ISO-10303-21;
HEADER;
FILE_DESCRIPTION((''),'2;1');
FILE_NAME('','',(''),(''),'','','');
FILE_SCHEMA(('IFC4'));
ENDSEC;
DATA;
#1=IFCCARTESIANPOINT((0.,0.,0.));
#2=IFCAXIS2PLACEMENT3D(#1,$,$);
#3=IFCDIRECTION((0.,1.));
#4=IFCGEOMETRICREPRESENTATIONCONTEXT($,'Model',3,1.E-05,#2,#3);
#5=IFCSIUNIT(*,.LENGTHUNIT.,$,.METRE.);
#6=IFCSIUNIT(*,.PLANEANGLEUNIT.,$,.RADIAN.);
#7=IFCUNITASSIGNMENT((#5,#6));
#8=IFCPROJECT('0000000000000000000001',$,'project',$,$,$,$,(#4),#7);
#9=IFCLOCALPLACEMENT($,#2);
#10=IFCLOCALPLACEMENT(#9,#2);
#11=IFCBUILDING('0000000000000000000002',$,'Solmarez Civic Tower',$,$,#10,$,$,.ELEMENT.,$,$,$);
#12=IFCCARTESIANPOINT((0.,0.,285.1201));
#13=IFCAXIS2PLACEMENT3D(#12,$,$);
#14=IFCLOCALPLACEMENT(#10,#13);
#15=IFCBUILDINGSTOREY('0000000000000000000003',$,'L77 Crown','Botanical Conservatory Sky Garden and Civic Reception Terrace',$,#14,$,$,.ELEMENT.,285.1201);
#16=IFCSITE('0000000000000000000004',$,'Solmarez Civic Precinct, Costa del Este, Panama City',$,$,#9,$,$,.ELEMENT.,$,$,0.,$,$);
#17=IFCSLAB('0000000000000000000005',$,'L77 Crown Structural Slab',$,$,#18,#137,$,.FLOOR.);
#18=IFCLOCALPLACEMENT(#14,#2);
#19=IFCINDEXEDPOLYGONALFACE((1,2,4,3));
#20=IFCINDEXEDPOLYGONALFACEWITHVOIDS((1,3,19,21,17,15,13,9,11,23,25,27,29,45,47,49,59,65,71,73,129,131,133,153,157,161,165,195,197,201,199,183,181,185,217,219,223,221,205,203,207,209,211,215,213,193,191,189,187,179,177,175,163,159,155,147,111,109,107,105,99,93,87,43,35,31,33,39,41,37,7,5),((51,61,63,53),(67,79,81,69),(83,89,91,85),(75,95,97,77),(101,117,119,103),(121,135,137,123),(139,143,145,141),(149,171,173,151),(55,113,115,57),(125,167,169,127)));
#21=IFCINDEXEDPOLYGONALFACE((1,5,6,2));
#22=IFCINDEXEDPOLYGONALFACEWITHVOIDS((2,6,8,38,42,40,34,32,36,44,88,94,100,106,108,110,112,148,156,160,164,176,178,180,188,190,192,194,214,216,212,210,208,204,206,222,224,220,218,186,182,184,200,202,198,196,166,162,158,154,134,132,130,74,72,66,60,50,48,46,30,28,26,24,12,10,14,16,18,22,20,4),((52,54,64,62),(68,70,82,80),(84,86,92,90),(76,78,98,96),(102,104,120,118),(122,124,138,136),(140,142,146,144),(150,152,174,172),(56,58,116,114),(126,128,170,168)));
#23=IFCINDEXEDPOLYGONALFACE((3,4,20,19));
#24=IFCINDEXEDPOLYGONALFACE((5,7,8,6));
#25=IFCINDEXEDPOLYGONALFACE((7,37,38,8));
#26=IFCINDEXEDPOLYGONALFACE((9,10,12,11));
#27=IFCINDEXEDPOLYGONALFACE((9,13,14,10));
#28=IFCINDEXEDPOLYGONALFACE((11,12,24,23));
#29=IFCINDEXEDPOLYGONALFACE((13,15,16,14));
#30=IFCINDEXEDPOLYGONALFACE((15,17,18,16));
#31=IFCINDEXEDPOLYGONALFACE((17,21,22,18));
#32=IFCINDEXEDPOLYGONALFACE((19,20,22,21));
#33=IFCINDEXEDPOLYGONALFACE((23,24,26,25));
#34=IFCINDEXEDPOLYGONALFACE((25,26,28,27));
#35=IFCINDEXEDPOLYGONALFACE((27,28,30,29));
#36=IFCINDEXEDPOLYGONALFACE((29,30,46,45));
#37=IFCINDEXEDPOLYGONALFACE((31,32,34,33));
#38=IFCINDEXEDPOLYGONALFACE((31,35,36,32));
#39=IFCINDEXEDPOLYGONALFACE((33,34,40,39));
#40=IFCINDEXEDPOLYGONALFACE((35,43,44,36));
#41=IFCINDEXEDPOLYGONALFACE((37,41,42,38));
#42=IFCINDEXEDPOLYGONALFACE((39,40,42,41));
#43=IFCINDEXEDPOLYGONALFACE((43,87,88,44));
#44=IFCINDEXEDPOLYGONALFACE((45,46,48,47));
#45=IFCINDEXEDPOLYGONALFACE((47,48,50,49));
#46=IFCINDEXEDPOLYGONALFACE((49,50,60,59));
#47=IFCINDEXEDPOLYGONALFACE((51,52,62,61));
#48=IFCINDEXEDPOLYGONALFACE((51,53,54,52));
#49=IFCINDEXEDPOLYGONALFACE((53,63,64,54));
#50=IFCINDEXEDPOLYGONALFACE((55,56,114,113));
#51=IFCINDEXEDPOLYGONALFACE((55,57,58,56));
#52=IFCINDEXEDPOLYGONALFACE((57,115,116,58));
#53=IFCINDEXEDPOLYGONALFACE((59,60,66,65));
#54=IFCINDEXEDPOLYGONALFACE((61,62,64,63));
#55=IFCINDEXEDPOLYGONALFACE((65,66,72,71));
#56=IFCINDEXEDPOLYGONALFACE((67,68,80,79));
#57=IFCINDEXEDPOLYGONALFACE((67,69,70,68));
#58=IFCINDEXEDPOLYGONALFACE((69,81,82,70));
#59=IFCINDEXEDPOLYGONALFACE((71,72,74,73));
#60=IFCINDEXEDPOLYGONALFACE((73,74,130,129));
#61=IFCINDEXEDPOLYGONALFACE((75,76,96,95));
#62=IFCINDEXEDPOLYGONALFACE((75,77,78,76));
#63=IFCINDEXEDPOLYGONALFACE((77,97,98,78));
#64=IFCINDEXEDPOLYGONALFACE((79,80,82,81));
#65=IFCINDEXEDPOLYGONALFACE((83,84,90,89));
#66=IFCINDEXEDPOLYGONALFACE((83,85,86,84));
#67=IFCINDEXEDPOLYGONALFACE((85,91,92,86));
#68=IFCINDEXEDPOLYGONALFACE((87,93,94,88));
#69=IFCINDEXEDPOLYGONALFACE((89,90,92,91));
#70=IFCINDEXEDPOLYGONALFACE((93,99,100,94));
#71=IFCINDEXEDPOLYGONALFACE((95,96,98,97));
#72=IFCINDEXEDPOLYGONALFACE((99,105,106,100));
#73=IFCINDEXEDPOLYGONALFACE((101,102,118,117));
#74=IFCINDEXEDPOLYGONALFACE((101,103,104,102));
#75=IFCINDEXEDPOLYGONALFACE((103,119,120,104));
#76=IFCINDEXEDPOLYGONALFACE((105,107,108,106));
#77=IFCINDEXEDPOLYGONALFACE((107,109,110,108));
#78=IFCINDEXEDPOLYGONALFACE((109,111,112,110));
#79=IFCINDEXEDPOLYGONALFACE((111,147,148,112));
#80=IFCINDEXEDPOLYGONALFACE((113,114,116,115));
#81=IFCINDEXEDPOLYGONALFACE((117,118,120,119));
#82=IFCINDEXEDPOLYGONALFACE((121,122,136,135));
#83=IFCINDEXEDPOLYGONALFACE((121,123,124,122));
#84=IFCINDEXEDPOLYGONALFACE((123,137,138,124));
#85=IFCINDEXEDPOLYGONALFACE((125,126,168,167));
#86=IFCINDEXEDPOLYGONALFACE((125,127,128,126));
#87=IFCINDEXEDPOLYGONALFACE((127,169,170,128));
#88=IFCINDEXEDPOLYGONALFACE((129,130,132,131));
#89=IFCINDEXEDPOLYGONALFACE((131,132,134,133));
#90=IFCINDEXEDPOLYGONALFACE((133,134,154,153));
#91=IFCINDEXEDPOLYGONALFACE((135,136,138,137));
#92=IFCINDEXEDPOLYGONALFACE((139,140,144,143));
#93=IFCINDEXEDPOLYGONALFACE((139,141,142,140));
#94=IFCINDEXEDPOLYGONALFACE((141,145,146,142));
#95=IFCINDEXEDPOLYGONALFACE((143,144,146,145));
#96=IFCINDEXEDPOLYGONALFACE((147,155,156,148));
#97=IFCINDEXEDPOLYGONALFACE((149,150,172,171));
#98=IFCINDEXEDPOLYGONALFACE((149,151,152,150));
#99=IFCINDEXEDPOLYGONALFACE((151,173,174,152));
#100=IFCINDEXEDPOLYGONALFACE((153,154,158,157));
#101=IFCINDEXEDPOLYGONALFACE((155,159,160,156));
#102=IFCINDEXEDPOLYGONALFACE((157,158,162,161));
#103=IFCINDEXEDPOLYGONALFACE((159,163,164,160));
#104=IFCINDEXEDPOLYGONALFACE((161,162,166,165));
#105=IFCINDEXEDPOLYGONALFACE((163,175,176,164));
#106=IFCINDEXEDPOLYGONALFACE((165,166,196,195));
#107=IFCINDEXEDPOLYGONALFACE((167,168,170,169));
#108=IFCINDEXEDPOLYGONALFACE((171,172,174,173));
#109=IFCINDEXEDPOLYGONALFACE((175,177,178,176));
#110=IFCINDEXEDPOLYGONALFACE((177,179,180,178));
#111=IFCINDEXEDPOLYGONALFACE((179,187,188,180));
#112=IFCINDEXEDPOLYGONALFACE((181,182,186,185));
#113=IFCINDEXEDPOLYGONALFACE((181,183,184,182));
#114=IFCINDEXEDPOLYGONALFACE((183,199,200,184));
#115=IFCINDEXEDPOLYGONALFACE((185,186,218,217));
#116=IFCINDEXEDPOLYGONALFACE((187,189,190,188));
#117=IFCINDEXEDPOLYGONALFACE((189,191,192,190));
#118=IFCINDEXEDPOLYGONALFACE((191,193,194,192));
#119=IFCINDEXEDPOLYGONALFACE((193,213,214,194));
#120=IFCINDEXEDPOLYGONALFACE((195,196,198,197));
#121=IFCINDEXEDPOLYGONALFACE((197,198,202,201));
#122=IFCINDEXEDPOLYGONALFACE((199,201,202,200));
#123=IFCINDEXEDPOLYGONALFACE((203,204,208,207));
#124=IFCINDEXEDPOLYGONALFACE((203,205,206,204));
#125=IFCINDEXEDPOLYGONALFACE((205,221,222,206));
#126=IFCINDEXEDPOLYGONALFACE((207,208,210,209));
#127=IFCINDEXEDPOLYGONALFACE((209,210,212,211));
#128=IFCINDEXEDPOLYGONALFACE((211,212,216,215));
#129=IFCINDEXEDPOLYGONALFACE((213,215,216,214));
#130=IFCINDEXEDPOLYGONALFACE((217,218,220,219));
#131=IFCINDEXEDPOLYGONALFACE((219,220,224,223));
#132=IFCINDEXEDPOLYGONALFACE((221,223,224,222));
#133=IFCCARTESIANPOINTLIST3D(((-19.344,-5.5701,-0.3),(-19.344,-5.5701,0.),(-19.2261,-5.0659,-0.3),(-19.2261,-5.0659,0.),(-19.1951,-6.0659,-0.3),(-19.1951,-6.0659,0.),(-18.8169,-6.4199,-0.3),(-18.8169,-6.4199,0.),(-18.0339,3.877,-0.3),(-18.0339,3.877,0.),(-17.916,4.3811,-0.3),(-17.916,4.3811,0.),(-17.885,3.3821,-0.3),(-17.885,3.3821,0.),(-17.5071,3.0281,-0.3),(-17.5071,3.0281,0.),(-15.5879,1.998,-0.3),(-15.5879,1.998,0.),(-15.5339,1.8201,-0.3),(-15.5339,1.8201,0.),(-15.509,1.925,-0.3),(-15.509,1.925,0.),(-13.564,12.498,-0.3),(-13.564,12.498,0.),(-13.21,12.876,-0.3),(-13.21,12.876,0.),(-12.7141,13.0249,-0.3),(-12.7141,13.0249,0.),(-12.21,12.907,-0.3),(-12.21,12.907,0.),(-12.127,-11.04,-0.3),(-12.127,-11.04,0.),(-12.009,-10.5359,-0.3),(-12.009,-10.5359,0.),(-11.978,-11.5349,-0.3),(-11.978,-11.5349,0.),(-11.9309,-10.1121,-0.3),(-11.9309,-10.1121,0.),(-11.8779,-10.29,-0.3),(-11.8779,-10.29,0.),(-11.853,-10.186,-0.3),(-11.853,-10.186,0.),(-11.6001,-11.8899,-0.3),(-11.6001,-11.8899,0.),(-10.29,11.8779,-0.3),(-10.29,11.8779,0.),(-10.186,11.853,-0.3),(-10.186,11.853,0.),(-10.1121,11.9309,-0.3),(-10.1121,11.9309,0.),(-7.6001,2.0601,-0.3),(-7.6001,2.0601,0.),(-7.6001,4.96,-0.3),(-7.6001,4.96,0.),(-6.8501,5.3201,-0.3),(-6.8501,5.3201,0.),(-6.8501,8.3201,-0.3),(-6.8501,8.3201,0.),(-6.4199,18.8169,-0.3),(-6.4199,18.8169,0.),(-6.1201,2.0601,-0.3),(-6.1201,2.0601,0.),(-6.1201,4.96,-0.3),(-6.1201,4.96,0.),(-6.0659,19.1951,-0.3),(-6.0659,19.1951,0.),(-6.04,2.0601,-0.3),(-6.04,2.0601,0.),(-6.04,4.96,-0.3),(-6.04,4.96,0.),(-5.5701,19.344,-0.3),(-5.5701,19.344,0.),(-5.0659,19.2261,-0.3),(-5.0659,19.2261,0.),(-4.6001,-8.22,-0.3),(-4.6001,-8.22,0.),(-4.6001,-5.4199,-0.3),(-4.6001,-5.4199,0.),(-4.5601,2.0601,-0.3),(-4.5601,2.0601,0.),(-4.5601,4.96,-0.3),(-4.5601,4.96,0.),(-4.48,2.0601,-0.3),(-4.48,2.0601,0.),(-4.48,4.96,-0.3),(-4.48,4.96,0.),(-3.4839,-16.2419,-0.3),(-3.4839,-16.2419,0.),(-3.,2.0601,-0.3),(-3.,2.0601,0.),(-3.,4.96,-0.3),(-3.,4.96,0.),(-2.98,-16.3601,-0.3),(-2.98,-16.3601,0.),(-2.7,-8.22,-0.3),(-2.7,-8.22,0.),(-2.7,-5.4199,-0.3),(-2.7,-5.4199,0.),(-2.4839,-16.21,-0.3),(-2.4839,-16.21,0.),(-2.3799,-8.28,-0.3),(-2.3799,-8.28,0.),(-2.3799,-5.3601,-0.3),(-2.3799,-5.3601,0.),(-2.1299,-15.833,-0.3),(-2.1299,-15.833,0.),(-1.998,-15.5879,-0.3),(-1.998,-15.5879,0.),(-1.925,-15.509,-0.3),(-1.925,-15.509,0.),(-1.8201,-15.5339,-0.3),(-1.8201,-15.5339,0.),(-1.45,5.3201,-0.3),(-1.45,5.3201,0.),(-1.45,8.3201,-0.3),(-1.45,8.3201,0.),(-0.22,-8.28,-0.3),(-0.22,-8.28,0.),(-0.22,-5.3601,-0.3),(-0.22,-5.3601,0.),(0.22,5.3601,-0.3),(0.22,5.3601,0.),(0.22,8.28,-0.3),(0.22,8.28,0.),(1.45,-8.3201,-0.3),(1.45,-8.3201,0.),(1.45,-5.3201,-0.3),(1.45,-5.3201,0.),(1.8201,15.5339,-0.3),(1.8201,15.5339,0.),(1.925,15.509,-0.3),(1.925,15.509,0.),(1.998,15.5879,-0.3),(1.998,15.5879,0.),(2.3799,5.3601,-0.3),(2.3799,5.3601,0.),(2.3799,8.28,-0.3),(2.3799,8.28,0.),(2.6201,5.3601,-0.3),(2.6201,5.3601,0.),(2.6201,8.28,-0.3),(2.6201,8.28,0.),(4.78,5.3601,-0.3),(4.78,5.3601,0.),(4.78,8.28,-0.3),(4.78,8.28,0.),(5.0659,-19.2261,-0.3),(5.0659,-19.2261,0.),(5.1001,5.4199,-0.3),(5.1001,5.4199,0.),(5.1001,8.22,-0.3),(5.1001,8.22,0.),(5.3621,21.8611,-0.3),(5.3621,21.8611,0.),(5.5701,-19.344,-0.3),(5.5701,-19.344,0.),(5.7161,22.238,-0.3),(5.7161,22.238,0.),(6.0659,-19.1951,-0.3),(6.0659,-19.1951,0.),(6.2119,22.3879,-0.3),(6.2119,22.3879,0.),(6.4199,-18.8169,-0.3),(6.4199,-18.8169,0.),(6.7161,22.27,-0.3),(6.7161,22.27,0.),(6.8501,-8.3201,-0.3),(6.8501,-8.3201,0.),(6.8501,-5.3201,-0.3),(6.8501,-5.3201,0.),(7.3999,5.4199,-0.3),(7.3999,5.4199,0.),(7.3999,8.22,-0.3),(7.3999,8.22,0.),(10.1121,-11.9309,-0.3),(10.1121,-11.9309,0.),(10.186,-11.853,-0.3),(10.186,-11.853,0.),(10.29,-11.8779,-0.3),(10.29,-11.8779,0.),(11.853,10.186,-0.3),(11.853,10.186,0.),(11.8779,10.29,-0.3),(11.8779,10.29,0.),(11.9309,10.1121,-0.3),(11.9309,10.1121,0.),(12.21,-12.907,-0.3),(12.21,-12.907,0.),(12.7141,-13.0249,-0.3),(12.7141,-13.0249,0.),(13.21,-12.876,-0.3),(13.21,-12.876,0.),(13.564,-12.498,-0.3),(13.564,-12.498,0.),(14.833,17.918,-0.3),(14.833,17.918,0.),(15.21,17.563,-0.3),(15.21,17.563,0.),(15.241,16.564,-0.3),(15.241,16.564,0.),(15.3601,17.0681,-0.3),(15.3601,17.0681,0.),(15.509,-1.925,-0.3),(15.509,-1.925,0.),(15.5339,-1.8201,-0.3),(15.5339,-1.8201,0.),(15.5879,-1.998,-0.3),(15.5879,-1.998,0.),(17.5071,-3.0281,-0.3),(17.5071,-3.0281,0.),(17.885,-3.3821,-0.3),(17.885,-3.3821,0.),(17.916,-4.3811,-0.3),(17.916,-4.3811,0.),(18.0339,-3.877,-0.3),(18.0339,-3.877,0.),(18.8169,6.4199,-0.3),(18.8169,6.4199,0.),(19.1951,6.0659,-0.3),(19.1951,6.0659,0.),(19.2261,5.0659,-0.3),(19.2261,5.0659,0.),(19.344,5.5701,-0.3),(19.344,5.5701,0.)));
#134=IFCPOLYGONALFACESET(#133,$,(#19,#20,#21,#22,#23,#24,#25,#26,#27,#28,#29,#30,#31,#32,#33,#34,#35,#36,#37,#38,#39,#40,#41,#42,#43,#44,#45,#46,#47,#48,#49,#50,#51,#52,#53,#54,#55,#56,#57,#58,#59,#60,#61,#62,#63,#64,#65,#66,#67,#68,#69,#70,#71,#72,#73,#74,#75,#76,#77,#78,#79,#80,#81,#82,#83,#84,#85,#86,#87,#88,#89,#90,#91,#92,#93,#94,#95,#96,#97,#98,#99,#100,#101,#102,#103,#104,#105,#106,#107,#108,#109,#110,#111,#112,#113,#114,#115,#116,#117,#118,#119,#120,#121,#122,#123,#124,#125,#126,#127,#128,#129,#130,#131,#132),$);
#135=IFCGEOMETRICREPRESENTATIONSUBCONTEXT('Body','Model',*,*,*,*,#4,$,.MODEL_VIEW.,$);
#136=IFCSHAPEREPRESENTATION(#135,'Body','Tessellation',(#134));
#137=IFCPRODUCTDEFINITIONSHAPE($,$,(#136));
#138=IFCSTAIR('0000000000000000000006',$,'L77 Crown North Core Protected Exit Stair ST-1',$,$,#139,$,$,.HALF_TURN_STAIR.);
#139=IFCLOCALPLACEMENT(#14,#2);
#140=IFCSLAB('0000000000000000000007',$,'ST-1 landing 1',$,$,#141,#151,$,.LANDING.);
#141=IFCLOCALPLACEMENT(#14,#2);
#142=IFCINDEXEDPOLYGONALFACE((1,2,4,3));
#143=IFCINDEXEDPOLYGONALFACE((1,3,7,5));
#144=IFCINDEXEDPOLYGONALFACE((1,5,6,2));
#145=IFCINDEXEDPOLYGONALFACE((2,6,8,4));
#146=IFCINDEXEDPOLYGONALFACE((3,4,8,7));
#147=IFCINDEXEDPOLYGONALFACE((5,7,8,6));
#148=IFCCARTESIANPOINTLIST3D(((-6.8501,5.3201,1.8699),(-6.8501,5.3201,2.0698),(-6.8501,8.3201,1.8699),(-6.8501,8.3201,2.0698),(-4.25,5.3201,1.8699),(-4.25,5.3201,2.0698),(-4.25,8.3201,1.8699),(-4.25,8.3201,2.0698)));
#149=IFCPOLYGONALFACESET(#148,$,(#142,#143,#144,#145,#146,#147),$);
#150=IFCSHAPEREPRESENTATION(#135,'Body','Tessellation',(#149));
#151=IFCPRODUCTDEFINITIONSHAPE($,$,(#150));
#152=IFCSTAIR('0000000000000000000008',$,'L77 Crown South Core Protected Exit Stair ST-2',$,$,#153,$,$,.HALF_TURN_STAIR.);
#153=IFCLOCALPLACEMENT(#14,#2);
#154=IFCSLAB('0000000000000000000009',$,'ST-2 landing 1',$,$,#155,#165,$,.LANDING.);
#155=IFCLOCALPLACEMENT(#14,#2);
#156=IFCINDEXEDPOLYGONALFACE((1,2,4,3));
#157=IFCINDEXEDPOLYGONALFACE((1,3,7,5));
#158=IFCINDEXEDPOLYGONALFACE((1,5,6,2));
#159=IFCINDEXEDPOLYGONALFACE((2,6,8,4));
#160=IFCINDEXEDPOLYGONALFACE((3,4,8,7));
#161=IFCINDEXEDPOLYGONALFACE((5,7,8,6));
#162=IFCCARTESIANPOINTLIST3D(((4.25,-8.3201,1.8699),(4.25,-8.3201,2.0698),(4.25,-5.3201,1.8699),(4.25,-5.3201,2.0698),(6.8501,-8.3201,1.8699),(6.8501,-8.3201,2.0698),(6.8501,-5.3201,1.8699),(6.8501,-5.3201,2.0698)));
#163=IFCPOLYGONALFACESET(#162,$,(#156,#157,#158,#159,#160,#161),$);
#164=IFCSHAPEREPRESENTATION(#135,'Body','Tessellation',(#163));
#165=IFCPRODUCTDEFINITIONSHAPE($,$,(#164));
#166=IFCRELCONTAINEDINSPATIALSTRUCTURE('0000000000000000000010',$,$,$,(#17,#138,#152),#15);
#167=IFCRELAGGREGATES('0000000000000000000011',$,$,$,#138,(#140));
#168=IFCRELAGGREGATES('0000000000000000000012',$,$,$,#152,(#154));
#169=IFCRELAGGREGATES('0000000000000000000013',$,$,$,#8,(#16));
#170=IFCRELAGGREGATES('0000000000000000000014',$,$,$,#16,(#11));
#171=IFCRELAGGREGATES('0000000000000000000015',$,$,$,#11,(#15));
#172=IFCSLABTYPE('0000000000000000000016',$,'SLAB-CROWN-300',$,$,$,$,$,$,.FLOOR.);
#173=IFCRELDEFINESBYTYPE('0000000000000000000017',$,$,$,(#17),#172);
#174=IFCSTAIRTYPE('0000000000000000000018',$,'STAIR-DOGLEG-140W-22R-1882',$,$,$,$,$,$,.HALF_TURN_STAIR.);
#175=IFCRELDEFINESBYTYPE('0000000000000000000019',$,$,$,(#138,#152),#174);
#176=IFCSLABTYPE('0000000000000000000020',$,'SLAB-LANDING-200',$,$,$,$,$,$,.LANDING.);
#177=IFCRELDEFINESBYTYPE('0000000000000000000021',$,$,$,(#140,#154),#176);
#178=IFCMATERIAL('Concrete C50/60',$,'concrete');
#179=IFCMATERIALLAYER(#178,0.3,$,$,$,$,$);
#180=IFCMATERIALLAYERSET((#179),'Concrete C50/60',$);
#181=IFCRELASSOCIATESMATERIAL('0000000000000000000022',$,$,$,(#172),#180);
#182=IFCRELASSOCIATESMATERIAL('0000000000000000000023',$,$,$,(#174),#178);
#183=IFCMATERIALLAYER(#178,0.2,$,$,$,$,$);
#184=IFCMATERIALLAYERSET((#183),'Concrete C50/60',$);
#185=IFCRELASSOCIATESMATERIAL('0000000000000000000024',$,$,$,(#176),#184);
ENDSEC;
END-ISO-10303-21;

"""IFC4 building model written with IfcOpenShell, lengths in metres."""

from ifc_helpers import new_model, si_unit, direction, frame, origin, place, context, subcontext, project, spatial, polyline, outline, extrude, material, layer, layer_set, type_object, element, aggregate, save


model = new_model("IFC4")

# Units and contexts
model_context = context("Model", 3, precision=1e-05, world=origin(), true_north=direction((0.0, 1.0)))
body_context = subcontext(model_context, "Body", "Model", "MODEL_VIEW")
ifc_project = project(units=[si_unit("LENGTHUNIT", "METRE"), si_unit("PLANEANGLEUNIT", "RADIAN")], contexts=[model_context])

# Site, building, storey
site_placement = place(None, origin())
site = spatial("IfcSite", under=ifc_project, at=site_placement, Name="Solmarez Civic Precinct, Costa del Este, Panama City", CompositionType="ELEMENT", RefElevation=0.0)
building_placement = place(site_placement, origin())
building = spatial("IfcBuilding", under=site, at=building_placement, Name="Solmarez Civic Tower", CompositionType="ELEMENT")
storey_placement = place(building_placement, frame((0.0, 0.0, 285.1201)))
storey = spatial("IfcBuildingStorey", under=building, at=storey_placement, Name="L77 Crown", Description="Botanical Conservatory Sky Garden and Civic Reception Terrace", CompositionType="ELEMENT", Elevation=285.1201)

# Slab
ifc_material_1 = material(Name="Concrete C50/60", Category="concrete")
ifc_layer_1 = layer(ifc_material_1, 0.3)
ifc_layer_set_1 = layer_set([ifc_layer_1], Name="Concrete C50/60")
slab_type_1 = type_object("IfcSlabType", Name="SLAB-CROWN-300", PredefinedType="FLOOR", material=ifc_layer_set_1)
slab_1_placement = place(storey_placement, frame((0.0, 0.0, -0.3)))
element("IfcSlab", 1, at=slab_1_placement, inside=storey, type_object=slab_type_1, Name="L77 Crown Structural Slab", PredefinedType="FLOOR", context=body_context, shape_type="SweptSolid", body=[
    extrude(outline(polyline([(-1.8201, -15.5339), (5.0659, -19.2261), (5.5701, -19.344), (6.0659, -19.1951), (6.4199, -18.8169), (10.1121, -11.9309), (10.186, -11.853), (10.29, -11.8779), (12.21, -12.907), (12.7141, -13.0249), (13.21, -12.876), (13.564, -12.498), (17.916, -4.3811), (18.0339, -3.877), (17.885, -3.3821), (17.5071, -3.0281), (15.5879, -1.998), (15.509, -1.925), (15.5339, -1.8201), (19.2261, 5.0659), (19.344, 5.5701), (19.1951, 6.0659), (18.8169, 6.4199), (11.9309, 10.1121), (11.853, 10.186), (11.8779, 10.29), (15.241, 16.564), (15.3601, 17.0681), (15.21, 17.563), (14.833, 17.918), (6.7161, 22.27), (6.2119, 22.3879), (5.7161, 22.238), (5.3621, 21.8611), (1.998, 15.5879), (1.925, 15.509), (1.8201, 15.5339), (-5.0659, 19.2261), (-5.5701, 19.344), (-6.0659, 19.1951), (-6.4199, 18.8169), (-10.1121, 11.9309), (-10.186, 11.853), (-10.29, 11.8779), (-12.21, 12.907), (-12.7141, 13.0249), (-13.21, 12.876), (-13.564, 12.498), (-17.916, 4.3811), (-18.0339, 3.877), (-17.885, 3.3821), (-17.5071, 3.0281), (-15.5879, 1.998), (-15.509, 1.925), (-15.5339, 1.8201), (-19.2261, -5.0659), (-19.344, -5.5701), (-19.1951, -6.0659), (-18.8169, -6.4199), (-11.9309, -10.1121), (-11.853, -10.186), (-11.8779, -10.29), (-12.009, -10.5359), (-12.127, -11.04), (-11.978, -11.5349), (-11.6001, -11.8899), (-3.4839, -16.2419), (-2.98, -16.3601), (-2.4839, -16.21), (-2.1299, -15.833), (-1.998, -15.5879), (-1.925, -15.509), (-1.8201, -15.5339)]), holes=[polyline([(-1.45, 8.3201), (-6.8501, 8.3201), (-6.8501, 5.3201), (-1.45, 5.3201), (-1.45, 8.3201)]), polyline([(1.45, -8.3201), (6.8501, -8.3201), (6.8501, -5.3201), (1.45, -5.3201), (1.45, -8.3201)]), polyline([(0.22, 5.3601), (2.3799, 5.3601), (2.3799, 8.28), (0.22, 8.28), (0.22, 5.3601)]), polyline([(2.6201, 5.3601), (4.78, 5.3601), (4.78, 8.28), (2.6201, 8.28), (2.6201, 5.3601)]), polyline([(-2.3799, -8.28), (-0.22, -8.28), (-0.22, -5.3601), (-2.3799, -5.3601), (-2.3799, -8.28)]), polyline([(-7.6001, 2.0601), (-6.1201, 2.0601), (-6.1201, 4.96), (-7.6001, 4.96), (-7.6001, 2.0601)]), polyline([(-6.04, 2.0601), (-4.5601, 2.0601), (-4.5601, 4.96), (-6.04, 4.96), (-6.04, 2.0601)]), polyline([(-4.48, 2.0601), (-3.0, 2.0601), (-3.0, 4.96), (-4.48, 4.96), (-4.48, 2.0601)]), polyline([(5.1001, 5.4199), (7.3999, 5.4199), (7.3999, 8.22), (5.1001, 8.22), (5.1001, 5.4199)]), polyline([(-4.6001, -8.22), (-2.7, -8.22), (-2.7, -5.4199), (-4.6001, -5.4199), (-4.6001, -8.22)])]), origin(), (0.0, 0.0, 1.0), 0.3),
])

# Stairs, slabs
stair_type = type_object("IfcStairType", Name="STAIR-DOGLEG-140W-22R-1882", PredefinedType="HALF_TURN_STAIR", material=ifc_material_1)
stair_1_placement = place(storey_placement, origin())
stair_1 = element("IfcStair", 2, at=stair_1_placement, inside=storey, type_object=stair_type, Name="L77 Crown North Core Protected Exit Stair ST-1", PredefinedType="HALF_TURN_STAIR")
ifc_layer_2 = layer(ifc_material_1, 0.2)
ifc_layer_set_2 = layer_set([ifc_layer_2], Name="Concrete C50/60")
slab_type_2 = type_object("IfcSlabType", Name="SLAB-LANDING-200", PredefinedType="LANDING", material=ifc_layer_set_2)
slab_2_placement = place(storey_placement, frame((0.0, 0.0, 1.8699)))
slab_2 = element("IfcSlab", 3, at=slab_2_placement, type_object=slab_type_2, Name="ST-1 landing 1", PredefinedType="LANDING", context=body_context, shape_type="SweptSolid", body=[
    extrude(outline(polyline([(-4.25, 8.3201), (-6.8501, 8.3201), (-6.8501, 5.3201), (-4.25, 5.3201), (-4.25, 8.3201)])), origin(), (0.0, 0.0, 1.0), 0.2),
])
aggregate(stair_1, [slab_2])
stair_2_placement = place(storey_placement, origin())
stair_2 = element("IfcStair", 4, at=stair_2_placement, inside=storey, type_object=stair_type, Name="L77 Crown South Core Protected Exit Stair ST-2", PredefinedType="HALF_TURN_STAIR")
slab_3_placement = place(storey_placement, frame((0.0, 0.0, 1.8699)))
slab_3 = element("IfcSlab", 5, at=slab_3_placement, type_object=slab_type_2, Name="ST-2 landing 1", PredefinedType="LANDING", context=body_context, shape_type="SweptSolid", body=[
    extrude(outline(polyline([(4.25, -8.3201), (6.8501, -8.3201), (6.8501, -5.3201), (4.25, -5.3201), (4.25, -8.3201)])), origin(), (0.0, 0.0, 1.0), 0.2),
])
aggregate(stair_2, [slab_3])

save(model, "model.ifc")
